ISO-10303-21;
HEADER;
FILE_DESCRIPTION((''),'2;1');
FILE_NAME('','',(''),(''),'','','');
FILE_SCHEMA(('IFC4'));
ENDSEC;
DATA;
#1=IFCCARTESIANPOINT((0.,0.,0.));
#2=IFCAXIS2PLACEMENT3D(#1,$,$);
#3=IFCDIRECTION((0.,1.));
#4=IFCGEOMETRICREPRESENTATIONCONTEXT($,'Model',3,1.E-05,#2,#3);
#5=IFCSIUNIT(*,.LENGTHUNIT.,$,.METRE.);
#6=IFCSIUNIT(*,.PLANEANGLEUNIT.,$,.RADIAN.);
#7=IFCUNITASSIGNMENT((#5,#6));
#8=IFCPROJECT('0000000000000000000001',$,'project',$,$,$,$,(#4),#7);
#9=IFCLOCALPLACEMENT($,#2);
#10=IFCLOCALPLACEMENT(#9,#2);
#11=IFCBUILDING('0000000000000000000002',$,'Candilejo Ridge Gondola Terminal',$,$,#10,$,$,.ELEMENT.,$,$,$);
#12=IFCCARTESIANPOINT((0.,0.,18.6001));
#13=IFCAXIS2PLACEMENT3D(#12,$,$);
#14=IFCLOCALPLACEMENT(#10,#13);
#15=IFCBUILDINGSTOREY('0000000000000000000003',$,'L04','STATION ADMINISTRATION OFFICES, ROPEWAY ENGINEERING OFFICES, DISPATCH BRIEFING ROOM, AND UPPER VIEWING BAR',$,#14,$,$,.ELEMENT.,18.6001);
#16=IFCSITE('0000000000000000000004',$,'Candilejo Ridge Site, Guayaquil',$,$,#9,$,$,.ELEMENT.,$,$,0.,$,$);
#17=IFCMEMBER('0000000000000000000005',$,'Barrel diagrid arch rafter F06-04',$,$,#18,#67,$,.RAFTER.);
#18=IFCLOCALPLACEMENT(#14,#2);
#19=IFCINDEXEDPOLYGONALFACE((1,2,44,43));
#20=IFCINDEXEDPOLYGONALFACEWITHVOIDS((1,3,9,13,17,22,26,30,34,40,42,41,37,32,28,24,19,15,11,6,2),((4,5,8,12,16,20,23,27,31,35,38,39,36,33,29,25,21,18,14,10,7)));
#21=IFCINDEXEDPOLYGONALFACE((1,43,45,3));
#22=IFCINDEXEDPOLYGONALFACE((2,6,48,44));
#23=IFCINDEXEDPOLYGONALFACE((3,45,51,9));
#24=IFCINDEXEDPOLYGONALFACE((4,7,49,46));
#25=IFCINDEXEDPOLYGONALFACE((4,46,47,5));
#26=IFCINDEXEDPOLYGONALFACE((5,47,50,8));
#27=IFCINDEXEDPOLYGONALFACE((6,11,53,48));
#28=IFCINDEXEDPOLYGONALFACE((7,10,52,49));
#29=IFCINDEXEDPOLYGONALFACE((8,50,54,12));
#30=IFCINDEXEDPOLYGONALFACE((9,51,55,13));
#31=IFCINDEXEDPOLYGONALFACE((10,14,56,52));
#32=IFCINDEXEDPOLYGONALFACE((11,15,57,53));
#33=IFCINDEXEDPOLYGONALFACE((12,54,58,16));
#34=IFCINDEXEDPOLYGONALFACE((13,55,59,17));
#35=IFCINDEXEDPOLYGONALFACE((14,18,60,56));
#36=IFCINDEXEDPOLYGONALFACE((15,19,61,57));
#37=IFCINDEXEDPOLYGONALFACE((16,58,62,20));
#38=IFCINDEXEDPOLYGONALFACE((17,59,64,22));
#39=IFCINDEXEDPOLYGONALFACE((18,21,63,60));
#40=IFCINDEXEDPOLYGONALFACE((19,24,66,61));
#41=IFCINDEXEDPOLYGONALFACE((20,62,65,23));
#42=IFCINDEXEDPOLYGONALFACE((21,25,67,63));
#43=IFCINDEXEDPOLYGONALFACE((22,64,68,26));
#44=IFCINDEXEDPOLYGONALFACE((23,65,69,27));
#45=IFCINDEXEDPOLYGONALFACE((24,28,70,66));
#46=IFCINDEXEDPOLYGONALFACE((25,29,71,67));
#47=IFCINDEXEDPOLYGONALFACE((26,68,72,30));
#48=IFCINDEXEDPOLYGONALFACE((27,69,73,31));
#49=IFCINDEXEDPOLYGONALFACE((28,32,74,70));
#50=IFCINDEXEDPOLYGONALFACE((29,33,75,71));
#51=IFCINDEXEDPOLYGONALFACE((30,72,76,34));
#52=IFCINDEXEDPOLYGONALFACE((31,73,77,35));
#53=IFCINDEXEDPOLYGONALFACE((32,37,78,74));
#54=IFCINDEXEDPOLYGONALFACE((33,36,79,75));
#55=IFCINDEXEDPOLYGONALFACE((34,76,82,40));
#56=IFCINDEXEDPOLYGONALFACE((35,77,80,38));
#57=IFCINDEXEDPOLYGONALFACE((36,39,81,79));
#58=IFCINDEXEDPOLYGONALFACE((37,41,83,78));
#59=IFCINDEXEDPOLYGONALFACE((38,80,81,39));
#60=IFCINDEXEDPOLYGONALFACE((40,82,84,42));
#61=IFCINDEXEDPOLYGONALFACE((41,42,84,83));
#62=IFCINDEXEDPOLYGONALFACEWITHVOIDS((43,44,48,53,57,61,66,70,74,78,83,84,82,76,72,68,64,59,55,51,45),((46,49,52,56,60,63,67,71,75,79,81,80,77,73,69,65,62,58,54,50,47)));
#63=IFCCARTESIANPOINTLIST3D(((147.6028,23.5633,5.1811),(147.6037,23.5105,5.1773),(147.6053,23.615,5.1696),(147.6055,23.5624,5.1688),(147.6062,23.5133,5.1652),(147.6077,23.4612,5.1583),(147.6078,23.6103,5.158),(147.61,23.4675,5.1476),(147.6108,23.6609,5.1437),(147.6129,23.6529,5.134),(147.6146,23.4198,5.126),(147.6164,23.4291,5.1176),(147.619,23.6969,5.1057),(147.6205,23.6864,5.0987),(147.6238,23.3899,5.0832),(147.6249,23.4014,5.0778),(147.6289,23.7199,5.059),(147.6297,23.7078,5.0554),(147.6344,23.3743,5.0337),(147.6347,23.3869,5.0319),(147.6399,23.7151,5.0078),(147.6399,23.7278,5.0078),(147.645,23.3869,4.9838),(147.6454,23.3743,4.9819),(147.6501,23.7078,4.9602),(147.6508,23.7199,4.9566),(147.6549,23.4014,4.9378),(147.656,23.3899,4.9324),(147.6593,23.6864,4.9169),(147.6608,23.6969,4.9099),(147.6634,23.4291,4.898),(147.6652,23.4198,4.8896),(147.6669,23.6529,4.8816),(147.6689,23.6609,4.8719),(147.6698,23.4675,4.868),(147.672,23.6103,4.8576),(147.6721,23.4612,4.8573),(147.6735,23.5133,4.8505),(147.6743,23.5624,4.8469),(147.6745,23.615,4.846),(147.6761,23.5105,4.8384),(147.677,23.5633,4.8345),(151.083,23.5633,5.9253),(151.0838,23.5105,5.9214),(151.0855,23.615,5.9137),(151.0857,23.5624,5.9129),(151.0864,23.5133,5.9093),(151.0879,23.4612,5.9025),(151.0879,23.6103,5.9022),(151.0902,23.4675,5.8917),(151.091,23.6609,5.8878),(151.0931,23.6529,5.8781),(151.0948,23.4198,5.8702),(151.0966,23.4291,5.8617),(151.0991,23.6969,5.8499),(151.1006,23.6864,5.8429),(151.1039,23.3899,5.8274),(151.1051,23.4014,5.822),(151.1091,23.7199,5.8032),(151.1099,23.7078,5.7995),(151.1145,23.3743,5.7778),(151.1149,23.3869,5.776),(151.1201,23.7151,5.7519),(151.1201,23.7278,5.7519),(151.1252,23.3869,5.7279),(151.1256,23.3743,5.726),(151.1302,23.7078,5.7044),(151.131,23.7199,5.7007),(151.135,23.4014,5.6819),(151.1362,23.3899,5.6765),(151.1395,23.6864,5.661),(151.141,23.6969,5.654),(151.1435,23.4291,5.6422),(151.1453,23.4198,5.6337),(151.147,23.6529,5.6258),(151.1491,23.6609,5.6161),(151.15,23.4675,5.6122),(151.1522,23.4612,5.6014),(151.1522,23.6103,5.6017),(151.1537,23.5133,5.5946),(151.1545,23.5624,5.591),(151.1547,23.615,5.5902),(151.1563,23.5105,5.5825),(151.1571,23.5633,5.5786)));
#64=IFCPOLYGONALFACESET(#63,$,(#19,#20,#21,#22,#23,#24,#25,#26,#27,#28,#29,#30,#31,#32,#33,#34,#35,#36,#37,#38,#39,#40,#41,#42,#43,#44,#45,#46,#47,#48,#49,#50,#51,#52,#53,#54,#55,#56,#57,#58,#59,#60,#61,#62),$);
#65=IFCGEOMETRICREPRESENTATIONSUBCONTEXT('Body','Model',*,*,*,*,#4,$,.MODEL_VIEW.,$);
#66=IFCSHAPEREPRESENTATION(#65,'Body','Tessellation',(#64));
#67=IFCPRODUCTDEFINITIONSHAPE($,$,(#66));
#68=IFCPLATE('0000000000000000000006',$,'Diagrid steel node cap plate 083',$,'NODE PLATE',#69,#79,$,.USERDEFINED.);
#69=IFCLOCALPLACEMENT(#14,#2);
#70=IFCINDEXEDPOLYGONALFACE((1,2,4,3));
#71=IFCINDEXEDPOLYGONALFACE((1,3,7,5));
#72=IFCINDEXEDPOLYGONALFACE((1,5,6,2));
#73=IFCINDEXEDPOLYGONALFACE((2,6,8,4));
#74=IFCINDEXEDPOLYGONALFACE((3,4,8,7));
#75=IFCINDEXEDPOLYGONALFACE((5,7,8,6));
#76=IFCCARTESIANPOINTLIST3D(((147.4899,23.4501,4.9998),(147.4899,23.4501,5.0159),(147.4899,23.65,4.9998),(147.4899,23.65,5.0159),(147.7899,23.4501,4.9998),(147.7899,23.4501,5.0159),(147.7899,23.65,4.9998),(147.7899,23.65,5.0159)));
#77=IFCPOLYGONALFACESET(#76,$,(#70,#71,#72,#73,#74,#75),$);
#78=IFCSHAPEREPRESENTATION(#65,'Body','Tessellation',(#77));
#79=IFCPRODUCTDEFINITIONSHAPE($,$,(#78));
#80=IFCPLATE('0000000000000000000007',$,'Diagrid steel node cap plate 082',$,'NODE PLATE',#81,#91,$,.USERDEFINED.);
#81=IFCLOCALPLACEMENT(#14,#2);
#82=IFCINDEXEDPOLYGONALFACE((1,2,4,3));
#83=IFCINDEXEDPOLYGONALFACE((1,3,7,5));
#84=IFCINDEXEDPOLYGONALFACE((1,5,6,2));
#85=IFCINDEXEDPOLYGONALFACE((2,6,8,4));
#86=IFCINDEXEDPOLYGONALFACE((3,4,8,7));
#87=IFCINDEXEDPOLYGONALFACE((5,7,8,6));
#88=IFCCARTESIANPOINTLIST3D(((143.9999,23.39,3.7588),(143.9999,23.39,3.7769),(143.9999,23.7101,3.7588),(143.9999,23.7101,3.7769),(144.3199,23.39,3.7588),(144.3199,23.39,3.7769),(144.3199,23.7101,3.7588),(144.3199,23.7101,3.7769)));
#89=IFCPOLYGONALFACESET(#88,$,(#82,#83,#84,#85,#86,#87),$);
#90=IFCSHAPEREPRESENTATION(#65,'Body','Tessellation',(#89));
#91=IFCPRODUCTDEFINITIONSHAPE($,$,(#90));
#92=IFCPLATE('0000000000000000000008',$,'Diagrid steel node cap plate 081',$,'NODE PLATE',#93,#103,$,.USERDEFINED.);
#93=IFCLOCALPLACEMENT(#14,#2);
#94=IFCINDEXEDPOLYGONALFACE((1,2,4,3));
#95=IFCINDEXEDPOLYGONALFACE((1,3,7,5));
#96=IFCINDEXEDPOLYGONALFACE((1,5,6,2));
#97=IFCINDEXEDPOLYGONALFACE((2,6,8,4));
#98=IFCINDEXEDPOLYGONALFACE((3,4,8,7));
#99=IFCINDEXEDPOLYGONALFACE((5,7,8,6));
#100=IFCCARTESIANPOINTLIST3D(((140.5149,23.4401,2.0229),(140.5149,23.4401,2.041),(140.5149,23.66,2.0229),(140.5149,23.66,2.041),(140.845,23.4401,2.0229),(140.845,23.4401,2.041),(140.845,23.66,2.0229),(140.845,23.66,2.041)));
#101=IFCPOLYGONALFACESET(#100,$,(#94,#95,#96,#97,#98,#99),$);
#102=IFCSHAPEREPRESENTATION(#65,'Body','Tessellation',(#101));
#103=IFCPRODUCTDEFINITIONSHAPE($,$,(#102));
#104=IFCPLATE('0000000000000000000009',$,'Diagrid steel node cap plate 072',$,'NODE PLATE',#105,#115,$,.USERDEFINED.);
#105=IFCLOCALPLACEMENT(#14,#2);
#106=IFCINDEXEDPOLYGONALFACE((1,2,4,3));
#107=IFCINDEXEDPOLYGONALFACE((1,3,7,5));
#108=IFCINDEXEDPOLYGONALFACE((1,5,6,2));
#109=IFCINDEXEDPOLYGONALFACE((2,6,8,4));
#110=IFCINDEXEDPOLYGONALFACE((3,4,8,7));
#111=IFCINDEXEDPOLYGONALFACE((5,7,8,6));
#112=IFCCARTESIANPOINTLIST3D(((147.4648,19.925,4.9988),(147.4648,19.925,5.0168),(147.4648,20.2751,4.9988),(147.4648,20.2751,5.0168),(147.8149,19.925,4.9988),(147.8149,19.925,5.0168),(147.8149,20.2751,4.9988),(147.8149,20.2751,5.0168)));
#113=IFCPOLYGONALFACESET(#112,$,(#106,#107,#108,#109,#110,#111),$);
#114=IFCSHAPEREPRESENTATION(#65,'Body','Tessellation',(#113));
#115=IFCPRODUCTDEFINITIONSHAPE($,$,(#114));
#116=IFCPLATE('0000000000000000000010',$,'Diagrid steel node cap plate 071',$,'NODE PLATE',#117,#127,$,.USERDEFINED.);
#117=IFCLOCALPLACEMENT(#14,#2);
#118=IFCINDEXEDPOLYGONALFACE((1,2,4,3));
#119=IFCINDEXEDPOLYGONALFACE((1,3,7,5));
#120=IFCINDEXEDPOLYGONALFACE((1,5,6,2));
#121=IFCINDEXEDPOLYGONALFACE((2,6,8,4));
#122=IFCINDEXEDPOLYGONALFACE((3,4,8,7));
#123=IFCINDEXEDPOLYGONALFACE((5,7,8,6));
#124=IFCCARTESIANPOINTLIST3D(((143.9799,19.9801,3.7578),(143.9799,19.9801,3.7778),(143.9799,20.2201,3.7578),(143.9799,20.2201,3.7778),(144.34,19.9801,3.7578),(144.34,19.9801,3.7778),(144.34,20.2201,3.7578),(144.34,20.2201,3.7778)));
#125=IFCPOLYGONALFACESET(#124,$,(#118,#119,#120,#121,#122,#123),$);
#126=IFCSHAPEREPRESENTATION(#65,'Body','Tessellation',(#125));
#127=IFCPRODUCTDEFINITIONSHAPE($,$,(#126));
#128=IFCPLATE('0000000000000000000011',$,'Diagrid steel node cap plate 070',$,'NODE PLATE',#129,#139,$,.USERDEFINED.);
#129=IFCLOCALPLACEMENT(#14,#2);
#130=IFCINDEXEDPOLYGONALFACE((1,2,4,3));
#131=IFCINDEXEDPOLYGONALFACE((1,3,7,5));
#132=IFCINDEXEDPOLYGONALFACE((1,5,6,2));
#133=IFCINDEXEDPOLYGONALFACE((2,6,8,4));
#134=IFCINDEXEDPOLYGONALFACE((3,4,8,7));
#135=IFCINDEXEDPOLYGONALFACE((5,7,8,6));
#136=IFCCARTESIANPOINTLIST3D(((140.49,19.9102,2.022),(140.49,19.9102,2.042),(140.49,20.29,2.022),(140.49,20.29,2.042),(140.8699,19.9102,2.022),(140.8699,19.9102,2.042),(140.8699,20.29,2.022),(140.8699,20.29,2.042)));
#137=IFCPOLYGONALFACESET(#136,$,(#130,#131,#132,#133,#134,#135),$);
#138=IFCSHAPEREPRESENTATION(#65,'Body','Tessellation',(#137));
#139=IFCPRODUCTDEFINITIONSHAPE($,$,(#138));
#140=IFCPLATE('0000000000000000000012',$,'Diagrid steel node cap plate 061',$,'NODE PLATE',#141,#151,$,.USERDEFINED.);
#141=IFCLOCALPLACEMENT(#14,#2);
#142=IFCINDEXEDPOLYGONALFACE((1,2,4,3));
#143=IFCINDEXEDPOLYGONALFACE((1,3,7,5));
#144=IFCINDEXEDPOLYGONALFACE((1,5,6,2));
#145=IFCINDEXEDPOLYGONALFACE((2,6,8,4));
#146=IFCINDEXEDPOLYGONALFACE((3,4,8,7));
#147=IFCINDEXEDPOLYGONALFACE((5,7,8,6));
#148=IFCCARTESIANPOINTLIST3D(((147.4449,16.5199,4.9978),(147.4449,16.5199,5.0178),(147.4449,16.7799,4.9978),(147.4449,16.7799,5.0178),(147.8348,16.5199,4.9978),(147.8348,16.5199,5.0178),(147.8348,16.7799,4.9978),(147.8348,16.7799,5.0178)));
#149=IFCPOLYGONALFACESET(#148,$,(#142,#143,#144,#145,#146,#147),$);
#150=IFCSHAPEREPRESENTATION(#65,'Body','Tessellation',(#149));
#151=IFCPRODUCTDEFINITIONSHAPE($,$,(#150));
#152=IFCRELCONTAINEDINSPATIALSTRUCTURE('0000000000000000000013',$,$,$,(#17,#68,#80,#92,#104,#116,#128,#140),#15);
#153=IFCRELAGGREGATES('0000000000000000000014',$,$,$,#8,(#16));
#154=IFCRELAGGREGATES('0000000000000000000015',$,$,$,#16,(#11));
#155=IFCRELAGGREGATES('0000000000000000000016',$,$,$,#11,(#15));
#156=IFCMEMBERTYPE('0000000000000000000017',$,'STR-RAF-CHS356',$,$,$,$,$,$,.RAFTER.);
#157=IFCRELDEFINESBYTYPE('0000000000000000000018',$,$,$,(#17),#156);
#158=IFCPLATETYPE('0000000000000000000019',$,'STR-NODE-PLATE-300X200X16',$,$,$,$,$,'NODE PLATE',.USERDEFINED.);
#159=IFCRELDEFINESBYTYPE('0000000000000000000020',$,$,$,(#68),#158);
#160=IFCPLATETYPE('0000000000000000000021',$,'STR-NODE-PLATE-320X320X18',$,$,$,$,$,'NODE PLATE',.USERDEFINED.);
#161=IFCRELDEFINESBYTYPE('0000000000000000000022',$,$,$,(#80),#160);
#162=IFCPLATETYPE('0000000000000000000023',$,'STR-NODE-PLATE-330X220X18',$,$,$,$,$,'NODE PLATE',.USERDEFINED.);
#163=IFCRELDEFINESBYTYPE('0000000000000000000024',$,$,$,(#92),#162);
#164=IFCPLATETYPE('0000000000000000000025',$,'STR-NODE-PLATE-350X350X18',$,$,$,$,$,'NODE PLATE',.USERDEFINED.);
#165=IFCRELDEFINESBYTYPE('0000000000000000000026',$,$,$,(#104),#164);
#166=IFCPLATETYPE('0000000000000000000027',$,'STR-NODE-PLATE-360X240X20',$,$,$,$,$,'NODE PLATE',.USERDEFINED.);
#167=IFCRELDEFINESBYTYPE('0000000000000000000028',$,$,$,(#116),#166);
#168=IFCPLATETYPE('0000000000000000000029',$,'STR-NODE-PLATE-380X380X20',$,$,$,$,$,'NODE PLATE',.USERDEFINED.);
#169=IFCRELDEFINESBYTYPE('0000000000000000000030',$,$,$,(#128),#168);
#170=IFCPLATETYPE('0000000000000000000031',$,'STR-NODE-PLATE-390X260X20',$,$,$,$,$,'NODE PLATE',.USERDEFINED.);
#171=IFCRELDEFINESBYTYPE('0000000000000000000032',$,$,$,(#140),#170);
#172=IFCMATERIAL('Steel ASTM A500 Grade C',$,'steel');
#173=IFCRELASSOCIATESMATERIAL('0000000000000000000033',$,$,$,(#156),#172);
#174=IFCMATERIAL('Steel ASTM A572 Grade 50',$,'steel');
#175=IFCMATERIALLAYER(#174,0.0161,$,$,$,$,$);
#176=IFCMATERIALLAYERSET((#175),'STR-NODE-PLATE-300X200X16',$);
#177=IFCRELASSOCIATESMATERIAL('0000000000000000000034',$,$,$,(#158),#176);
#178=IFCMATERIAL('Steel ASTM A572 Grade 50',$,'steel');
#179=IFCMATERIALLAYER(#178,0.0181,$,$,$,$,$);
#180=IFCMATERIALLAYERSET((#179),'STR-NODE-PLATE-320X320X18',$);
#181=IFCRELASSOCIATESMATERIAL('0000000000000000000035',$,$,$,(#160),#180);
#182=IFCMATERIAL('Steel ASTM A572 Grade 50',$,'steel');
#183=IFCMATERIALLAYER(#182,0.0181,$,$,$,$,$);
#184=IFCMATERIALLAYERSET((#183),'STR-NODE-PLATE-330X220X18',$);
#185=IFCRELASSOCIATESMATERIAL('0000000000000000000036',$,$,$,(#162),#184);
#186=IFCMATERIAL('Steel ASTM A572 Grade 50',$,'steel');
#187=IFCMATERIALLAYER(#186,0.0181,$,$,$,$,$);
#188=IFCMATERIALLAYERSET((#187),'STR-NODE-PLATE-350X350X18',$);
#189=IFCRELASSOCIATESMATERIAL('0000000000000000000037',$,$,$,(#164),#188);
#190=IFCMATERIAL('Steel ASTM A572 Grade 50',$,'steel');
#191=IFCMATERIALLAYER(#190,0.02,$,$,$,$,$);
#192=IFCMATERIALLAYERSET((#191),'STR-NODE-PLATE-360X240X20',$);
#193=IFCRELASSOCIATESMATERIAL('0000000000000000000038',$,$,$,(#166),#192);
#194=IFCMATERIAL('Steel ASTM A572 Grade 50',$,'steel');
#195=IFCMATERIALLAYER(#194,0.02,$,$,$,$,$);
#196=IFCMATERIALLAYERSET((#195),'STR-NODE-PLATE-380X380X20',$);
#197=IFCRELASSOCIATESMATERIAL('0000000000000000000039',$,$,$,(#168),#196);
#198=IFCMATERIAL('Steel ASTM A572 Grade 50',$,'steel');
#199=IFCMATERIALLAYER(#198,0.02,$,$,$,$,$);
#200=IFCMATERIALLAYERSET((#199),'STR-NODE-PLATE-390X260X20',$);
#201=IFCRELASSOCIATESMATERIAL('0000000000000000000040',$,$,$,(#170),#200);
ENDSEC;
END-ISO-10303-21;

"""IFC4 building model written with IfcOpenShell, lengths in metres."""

from ifc_helpers import new_model, si_unit, direction, frame, origin, origin_2d, place, context, subcontext, project, spatial, rectangle, hollow_circle, extrude, material, layer, layer_set, material_profile, profile_set, type_object, element, save


model = new_model("IFC4")

# Units and contexts
model_context = context("Model", 3, precision=1e-05, world=origin(), true_north=direction((0.0, 1.0)))
body_context = subcontext(model_context, "Body", "Model", "MODEL_VIEW")
ifc_project = project(units=[si_unit("LENGTHUNIT", "METRE"), si_unit("PLANEANGLEUNIT", "RADIAN")], contexts=[model_context])

# Site, building, storey
site_placement = place(None, origin())
site = spatial("IfcSite", under=ifc_project, at=site_placement, Name="Candilejo Ridge Site, Guayaquil", CompositionType="ELEMENT", RefElevation=0.0)
building_placement = place(site_placement, origin())
building = spatial("IfcBuilding", under=site, at=building_placement, Name="Candilejo Ridge Gondola Terminal", CompositionType="ELEMENT")
storey_placement = place(building_placement, frame((0.0, 0.0, 18.6001)))
storey = spatial("IfcBuildingStorey", under=building, at=storey_placement, Name="L04", Description="STATION ADMINISTRATION OFFICES, ROPEWAY ENGINEERING OFFICES, DISPATCH BRIEFING ROOM, AND UPPER VIEWING BAR", CompositionType="ELEMENT", Elevation=18.6001)

# Member
ifc_material_1 = material(Name="Steel ASTM A500 Grade C", Category="steel")
ifc_material_profile_1 = material_profile(ifc_material_1, hollow_circle(Radius=0.1777, WallThickness=0.0127, at=origin_2d()))
ifc_profile_set_1 = profile_set([ifc_material_profile_1], Name="Steel ASTM A500 Grade C")
member_type_1 = type_object("IfcMemberType", Name="STR-RAF-CHS356", PredefinedType="RAFTER", material=ifc_profile_set_1)
member_1_placement = place(storey_placement, frame((147.6399, 23.55, 5.0078), z_axis=(0.977896, 0.0, 0.209093), x_axis=(0.0, 1.0, 0.0)))
element("IfcMember", 1, at=member_1_placement, inside=storey, type_object=member_type_1, Name="Barrel diagrid arch rafter F06-04", PredefinedType="RAFTER", context=body_context, shape_type="SweptSolid", body=[
    extrude(hollow_circle(Radius=0.1777, WallThickness=0.0127, at=origin_2d()), origin(), (0.0, 0.0, 1.0), 3.5588),
])

# Plates
ifc_material_2 = material(Name="Steel ASTM A572 Grade 50", Category="steel")
ifc_layer_1 = layer(ifc_material_2, 0.0161)
ifc_layer_set_1 = layer_set([ifc_layer_1], Name="STR-NODE-PLATE-300X200X16")
plate_type_1 = type_object("IfcPlateType", Name="STR-NODE-PLATE-300X200X16", ElementType="NODE PLATE", PredefinedType="USERDEFINED", material=ifc_layer_set_1)
plate_1_placement = place(storey_placement, frame((147.6399, 23.55, 4.9998), z_axis=(0.0, 0.0, 1.0), x_axis=(1.0, 0.0, 0.0)))
element("IfcPlate", 2, at=plate_1_placement, inside=storey, type_object=plate_type_1, Name="Diagrid steel node cap plate 083", ObjectType="NODE PLATE", PredefinedType="USERDEFINED", context=body_context, shape_type="SweptSolid", body=[
    extrude(rectangle(XDim=0.3, YDim=0.2, at=origin_2d()), origin(), (0.0, 0.0, 1.0), 0.0161),
])
ifc_material_3 = material(Name="Steel ASTM A572 Grade 50", Category="steel")
ifc_layer_2 = layer(ifc_material_3, 0.0181)
ifc_layer_set_2 = layer_set([ifc_layer_2], Name="STR-NODE-PLATE-320X320X18")
plate_type_2 = type_object("IfcPlateType", Name="STR-NODE-PLATE-320X320X18", ElementType="NODE PLATE", PredefinedType="USERDEFINED", material=ifc_layer_set_2)
plate_2_placement = place(storey_placement, frame((144.1599, 23.55, 3.7588), z_axis=(0.0, 0.0, 1.0), x_axis=(1.0, 0.0, 0.0)))
element("IfcPlate", 3, at=plate_2_placement, inside=storey, type_object=plate_type_2, Name="Diagrid steel node cap plate 082", ObjectType="NODE PLATE", PredefinedType="USERDEFINED", context=body_context, shape_type="SweptSolid", body=[
    extrude(rectangle(XDim=0.3201, YDim=0.3201, at=origin_2d()), origin(), (0.0, 0.0, 1.0), 0.0181),
])
ifc_material_4 = material(Name="Steel ASTM A572 Grade 50", Category="steel")
ifc_layer_3 = layer(ifc_material_4, 0.0181)
ifc_layer_set_3 = layer_set([ifc_layer_3], Name="STR-NODE-PLATE-330X220X18")
plate_type_3 = type_object("IfcPlateType", Name="STR-NODE-PLATE-330X220X18", ElementType="NODE PLATE", PredefinedType="USERDEFINED", material=ifc_layer_set_3)
plate_3_placement = place(storey_placement, frame((140.6799, 23.55, 2.0229), z_axis=(0.0, 0.0, 1.0), x_axis=(1.0, 0.0, 0.0)))
element("IfcPlate", 4, at=plate_3_placement, inside=storey, type_object=plate_type_3, Name="Diagrid steel node cap plate 081", ObjectType="NODE PLATE", PredefinedType="USERDEFINED", context=body_context, shape_type="SweptSolid", body=[
    extrude(rectangle(XDim=0.3301, YDim=0.22, at=origin_2d()), origin(), (0.0, 0.0, 1.0), 0.0181),
])
ifc_material_5 = material(Name="Steel ASTM A572 Grade 50", Category="steel")
ifc_layer_4 = layer(ifc_material_5, 0.0181)
ifc_layer_set_4 = layer_set([ifc_layer_4], Name="STR-NODE-PLATE-350X350X18")
plate_type_4 = type_object("IfcPlateType", Name="STR-NODE-PLATE-350X350X18", ElementType="NODE PLATE", PredefinedType="USERDEFINED", material=ifc_layer_set_4)
plate_4_placement = place(storey_placement, frame((147.6399, 20.1001, 4.9988), z_axis=(0.0, 0.0, 1.0), x_axis=(1.0, 0.0, 0.0)))
element("IfcPlate", 5, at=plate_4_placement, inside=storey, type_object=plate_type_4, Name="Diagrid steel node cap plate 072", ObjectType="NODE PLATE", PredefinedType="USERDEFINED", context=body_context, shape_type="SweptSolid", body=[
    extrude(rectangle(XDim=0.3501, YDim=0.3501, at=origin_2d()), origin(), (0.0, 0.0, 1.0), 0.0181),
])
ifc_material_6 = material(Name="Steel ASTM A572 Grade 50", Category="steel")
ifc_layer_5 = layer(ifc_material_6, 0.02)
ifc_layer_set_5 = layer_set([ifc_layer_5], Name="STR-NODE-PLATE-360X240X20")
plate_type_5 = type_object("IfcPlateType", Name="STR-NODE-PLATE-360X240X20", ElementType="NODE PLATE", PredefinedType="USERDEFINED", material=ifc_layer_set_5)
plate_5_placement = place(storey_placement, frame((144.1599, 20.1001, 3.7578), z_axis=(0.0, 0.0, 1.0), x_axis=(1.0, 0.0, 0.0)))
element("IfcPlate", 6, at=plate_5_placement, inside=storey, type_object=plate_type_5, Name="Diagrid steel node cap plate 071", ObjectType="NODE PLATE", PredefinedType="USERDEFINED", context=body_context, shape_type="SweptSolid", body=[
    extrude(rectangle(XDim=0.3601, YDim=0.24, at=origin_2d()), origin(), (0.0, 0.0, 1.0), 0.02),
])
ifc_material_7 = material(Name="Steel ASTM A572 Grade 50", Category="steel")
ifc_layer_6 = layer(ifc_material_7, 0.02)
ifc_layer_set_6 = layer_set([ifc_layer_6], Name="STR-NODE-PLATE-380X380X20")
plate_type_6 = type_object("IfcPlateType", Name="STR-NODE-PLATE-380X380X20", ElementType="NODE PLATE", PredefinedType="USERDEFINED", material=ifc_layer_set_6)
plate_6_placement = place(storey_placement, frame((140.6799, 20.1001, 2.022), z_axis=(0.0, 0.0, 1.0), x_axis=(1.0, 0.0, 0.0)))
element("IfcPlate", 7, at=plate_6_placement, inside=storey, type_object=plate_type_6, Name="Diagrid steel node cap plate 070", ObjectType="NODE PLATE", PredefinedType="USERDEFINED", context=body_context, shape_type="SweptSolid", body=[
    extrude(rectangle(XDim=0.3799, YDim=0.3799, at=origin_2d()), origin(), (0.0, 0.0, 1.0), 0.02),
])
ifc_material_8 = material(Name="Steel ASTM A572 Grade 50", Category="steel")
ifc_layer_7 = layer(ifc_material_8, 0.02)
ifc_layer_set_7 = layer_set([ifc_layer_7], Name="STR-NODE-PLATE-390X260X20")
plate_type_7 = type_object("IfcPlateType", Name="STR-NODE-PLATE-390X260X20", ElementType="NODE PLATE", PredefinedType="USERDEFINED", material=ifc_layer_set_7)
plate_7_placement = place(storey_placement, frame((147.6399, 16.6499, 4.9978), z_axis=(0.0, 0.0, 1.0), x_axis=(1.0, 0.0, 0.0)))
element("IfcPlate", 8, at=plate_7_placement, inside=storey, type_object=plate_type_7, Name="Diagrid steel node cap plate 061", ObjectType="NODE PLATE", PredefinedType="USERDEFINED", context=body_context, shape_type="SweptSolid", body=[
    extrude(rectangle(XDim=0.3899, YDim=0.26, at=origin_2d()), origin(), (0.0, 0.0, 1.0), 0.02),
])

save(model, "model.ifc")
